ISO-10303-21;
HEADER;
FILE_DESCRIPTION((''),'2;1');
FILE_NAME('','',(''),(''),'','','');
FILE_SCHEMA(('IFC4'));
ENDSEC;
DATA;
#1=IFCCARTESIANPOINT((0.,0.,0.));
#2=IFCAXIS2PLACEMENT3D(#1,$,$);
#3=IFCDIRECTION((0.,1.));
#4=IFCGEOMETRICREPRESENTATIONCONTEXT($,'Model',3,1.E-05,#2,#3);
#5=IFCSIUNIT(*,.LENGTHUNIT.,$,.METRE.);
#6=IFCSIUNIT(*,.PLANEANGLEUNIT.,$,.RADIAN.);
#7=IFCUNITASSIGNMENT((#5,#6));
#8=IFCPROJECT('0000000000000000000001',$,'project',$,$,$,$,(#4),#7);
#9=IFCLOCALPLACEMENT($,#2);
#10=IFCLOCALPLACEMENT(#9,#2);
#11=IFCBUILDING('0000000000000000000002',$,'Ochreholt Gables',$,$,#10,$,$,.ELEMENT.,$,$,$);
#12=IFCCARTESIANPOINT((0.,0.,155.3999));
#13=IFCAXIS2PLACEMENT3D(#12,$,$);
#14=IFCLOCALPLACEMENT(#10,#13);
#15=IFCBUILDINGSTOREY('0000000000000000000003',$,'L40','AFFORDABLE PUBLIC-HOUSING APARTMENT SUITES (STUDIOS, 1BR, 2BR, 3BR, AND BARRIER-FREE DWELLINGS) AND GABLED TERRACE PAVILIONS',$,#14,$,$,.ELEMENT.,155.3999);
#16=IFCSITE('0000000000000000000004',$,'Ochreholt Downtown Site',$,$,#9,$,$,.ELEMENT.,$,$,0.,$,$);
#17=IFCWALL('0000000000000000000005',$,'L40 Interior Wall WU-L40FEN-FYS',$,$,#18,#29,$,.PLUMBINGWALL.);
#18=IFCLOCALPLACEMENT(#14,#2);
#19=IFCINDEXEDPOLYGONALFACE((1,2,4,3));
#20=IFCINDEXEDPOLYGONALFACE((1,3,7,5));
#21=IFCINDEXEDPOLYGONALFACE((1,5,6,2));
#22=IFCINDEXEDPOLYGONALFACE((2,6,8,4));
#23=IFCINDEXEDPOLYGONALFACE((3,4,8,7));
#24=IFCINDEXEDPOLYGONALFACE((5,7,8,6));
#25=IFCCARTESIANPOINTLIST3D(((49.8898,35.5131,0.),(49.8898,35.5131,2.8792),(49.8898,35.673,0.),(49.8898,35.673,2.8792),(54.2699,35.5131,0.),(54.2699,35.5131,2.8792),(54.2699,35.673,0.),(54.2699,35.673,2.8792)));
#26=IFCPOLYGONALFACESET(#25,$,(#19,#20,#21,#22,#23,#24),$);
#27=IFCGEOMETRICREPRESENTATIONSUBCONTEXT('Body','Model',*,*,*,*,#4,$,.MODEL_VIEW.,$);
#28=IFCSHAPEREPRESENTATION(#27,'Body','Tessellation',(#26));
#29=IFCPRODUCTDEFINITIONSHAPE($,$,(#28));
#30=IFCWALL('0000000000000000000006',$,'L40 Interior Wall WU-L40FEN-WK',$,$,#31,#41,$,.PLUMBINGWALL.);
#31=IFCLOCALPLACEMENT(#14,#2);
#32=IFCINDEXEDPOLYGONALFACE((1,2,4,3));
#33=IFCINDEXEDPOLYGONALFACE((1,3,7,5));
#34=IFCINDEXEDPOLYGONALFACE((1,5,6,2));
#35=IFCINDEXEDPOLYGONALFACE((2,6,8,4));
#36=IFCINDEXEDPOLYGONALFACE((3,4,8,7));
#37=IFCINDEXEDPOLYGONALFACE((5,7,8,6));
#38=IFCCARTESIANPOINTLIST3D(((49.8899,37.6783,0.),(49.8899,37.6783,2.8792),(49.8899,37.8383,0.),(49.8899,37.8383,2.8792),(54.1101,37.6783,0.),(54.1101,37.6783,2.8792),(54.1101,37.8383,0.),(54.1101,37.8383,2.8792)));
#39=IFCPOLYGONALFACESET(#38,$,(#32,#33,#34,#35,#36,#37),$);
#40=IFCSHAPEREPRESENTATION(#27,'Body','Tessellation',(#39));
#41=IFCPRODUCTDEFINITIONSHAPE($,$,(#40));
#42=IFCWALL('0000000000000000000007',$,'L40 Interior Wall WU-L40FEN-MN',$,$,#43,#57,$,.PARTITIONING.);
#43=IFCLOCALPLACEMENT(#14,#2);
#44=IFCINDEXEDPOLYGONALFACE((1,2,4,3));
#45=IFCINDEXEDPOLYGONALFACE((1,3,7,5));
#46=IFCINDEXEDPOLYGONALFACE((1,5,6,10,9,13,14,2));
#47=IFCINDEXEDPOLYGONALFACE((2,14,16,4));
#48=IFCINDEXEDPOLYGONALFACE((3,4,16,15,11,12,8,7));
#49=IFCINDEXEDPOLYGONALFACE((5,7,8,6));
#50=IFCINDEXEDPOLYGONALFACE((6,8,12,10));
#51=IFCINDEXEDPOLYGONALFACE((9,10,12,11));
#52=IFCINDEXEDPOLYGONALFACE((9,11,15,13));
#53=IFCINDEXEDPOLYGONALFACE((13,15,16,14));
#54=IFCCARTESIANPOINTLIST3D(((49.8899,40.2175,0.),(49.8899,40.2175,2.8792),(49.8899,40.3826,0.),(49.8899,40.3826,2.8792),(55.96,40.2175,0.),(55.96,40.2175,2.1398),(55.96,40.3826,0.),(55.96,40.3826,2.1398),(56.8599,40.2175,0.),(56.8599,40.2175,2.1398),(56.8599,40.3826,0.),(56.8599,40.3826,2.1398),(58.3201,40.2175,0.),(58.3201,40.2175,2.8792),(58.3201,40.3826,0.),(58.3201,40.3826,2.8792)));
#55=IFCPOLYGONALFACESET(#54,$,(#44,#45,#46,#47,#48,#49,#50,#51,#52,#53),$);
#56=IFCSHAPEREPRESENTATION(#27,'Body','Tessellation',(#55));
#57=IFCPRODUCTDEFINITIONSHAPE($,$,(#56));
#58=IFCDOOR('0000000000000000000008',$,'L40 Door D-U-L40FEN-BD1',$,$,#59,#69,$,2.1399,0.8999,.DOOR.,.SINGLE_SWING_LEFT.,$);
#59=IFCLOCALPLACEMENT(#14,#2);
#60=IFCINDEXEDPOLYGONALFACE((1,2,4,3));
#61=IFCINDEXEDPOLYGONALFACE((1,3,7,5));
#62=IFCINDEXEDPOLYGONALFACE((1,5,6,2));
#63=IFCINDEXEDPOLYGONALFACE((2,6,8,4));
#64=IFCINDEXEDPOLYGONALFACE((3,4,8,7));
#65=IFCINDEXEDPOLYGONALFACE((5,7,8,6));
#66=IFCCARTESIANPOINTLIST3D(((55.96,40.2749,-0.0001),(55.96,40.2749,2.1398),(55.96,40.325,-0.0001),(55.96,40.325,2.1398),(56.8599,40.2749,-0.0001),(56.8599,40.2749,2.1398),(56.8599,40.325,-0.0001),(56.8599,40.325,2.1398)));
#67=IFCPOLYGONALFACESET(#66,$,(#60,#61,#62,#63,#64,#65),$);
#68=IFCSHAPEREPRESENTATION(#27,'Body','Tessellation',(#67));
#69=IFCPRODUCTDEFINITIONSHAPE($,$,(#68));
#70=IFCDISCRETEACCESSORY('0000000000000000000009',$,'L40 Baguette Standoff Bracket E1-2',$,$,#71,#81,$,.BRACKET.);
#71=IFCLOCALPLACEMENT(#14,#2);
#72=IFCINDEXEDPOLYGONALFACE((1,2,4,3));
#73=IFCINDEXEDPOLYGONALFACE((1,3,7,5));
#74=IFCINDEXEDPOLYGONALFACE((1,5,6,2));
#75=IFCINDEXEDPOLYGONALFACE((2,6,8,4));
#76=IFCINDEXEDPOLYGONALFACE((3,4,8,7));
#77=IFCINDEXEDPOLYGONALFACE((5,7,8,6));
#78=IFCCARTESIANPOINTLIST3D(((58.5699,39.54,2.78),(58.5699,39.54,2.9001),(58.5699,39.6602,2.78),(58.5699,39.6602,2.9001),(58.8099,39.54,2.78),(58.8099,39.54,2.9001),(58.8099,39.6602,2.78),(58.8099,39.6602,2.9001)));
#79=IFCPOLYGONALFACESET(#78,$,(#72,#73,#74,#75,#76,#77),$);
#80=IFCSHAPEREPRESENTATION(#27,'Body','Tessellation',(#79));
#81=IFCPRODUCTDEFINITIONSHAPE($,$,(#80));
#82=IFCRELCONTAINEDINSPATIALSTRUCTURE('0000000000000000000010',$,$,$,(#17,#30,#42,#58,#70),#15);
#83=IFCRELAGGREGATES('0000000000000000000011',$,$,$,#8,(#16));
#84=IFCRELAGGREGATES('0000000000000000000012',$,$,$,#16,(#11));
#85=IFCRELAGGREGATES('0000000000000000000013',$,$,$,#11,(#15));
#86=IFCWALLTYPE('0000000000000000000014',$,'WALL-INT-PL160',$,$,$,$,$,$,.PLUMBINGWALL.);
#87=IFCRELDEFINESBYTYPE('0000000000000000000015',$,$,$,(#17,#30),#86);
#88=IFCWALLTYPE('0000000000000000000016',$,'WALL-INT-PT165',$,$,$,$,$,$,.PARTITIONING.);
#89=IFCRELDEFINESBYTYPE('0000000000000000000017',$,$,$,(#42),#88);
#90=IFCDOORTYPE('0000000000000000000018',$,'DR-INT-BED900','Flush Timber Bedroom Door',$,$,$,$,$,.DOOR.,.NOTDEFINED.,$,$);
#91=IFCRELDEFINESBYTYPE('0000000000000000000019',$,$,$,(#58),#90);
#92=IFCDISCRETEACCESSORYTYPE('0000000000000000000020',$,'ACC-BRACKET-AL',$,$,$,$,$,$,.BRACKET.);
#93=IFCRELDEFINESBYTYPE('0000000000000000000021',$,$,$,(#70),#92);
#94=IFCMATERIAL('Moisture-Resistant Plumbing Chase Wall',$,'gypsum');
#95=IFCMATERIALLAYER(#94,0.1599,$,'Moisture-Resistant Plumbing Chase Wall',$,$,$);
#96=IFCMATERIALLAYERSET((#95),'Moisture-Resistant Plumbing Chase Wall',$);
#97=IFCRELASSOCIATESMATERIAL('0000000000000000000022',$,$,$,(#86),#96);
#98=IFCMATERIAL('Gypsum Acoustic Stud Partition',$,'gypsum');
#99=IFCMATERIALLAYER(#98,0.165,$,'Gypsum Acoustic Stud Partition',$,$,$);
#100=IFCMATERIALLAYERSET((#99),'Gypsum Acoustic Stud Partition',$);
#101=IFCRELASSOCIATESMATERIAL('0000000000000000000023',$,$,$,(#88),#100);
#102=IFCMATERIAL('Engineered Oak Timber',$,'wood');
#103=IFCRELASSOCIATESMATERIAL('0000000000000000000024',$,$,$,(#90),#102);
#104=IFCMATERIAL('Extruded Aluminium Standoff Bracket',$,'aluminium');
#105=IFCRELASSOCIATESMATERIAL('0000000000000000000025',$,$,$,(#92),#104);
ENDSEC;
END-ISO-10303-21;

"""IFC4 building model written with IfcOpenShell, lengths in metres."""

from ifc_helpers import new_model, si_unit, direction, frame, frame_2d, origin, origin_2d, place, context, subcontext, project, spatial, rectangle, extrude, material, layer, layer_set, type_object, element, fill, save


model = new_model("IFC4")

# Units and contexts
model_context = context("Model", 3, precision=1e-05, world=origin(), true_north=direction((0.0, 1.0)))
body_context = subcontext(model_context, "Body", "Model", "MODEL_VIEW")
ifc_project = project(units=[si_unit("LENGTHUNIT", "METRE"), si_unit("PLANEANGLEUNIT", "RADIAN")], contexts=[model_context])

# Site, building, storey
site_placement = place(None, origin())
site = spatial("IfcSite", under=ifc_project, at=site_placement, Name="Ochreholt Downtown Site", CompositionType="ELEMENT", RefElevation=0.0)
building_placement = place(site_placement, origin())
building = spatial("IfcBuilding", under=site, at=building_placement, Name="Ochreholt Gables", CompositionType="ELEMENT")
storey_placement = place(building_placement, frame((0.0, 0.0, 155.3999)))
storey = spatial("IfcBuildingStorey", under=building, at=storey_placement, Name="L40", Description="AFFORDABLE PUBLIC-HOUSING APARTMENT SUITES (STUDIOS, 1BR, 2BR, 3BR, AND BARRIER-FREE DWELLINGS) AND GABLED TERRACE PAVILIONS", CompositionType="ELEMENT", Elevation=155.3999)

# Wall
ifc_material_1 = material(Name="Moisture-Resistant Plumbing Chase Wall", Category="gypsum")
ifc_layer_1 = layer(ifc_material_1, 0.1599, Name="Moisture-Resistant Plumbing Chase Wall")
ifc_layer_set_1 = layer_set([ifc_layer_1], Name="Moisture-Resistant Plumbing Chase Wall")
wall_type_1 = type_object("IfcWallType", Name="WALL-INT-PL160", PredefinedType="PLUMBINGWALL", material=ifc_layer_set_1)
wall_1_placement = place(storey_placement, frame((49.8899, 35.593, 0.0), z_axis=(0.0, 0.0, 1.0), x_axis=(1.0, 0.0, 0.0)))
element("IfcWall", 1, at=wall_1_placement, inside=storey, type_object=wall_type_1, Name="L40 Interior Wall WU-L40FEN-FYS", PredefinedType="PLUMBINGWALL", context=body_context, shape_type="SweptSolid", body=[
    extrude(rectangle(XDim=4.3801, YDim=0.1599, at=frame_2d((2.1899, 0.0))), origin(), (0.0, 0.0, 1.0), 2.8792),
])

# Shared definitions
ifc_material_2 = material(Name="Engineered Oak Timber", Category="wood")

# Wall
wall_2_placement = place(storey_placement, frame((49.8899, 37.7583, 0.0), z_axis=(0.0, 0.0, 1.0), x_axis=(1.0, 0.0, 0.0)))
element("IfcWall", 2, at=wall_2_placement, inside=storey, type_object=wall_type_1, Name="L40 Interior Wall WU-L40FEN-WK", PredefinedType="PLUMBINGWALL", context=body_context, shape_type="SweptSolid", body=[
    extrude(rectangle(XDim=4.2202, YDim=0.1599, at=frame_2d((2.1101, 0.0))), origin(), (0.0, 0.0, 1.0), 2.8792),
])

# Wall, opening, door
ifc_material_3 = material(Name="Gypsum Acoustic Stud Partition", Category="gypsum")
ifc_layer_2 = layer(ifc_material_3, 0.165, Name="Gypsum Acoustic Stud Partition")
ifc_layer_set_2 = layer_set([ifc_layer_2], Name="Gypsum Acoustic Stud Partition")
wall_type_2 = type_object("IfcWallType", Name="WALL-INT-PT165", PredefinedType="PARTITIONING", material=ifc_layer_set_2)
wall_3_placement = place(storey_placement, frame((49.8899, 40.3, 0.0), z_axis=(0.0, 0.0, 1.0), x_axis=(1.0, 0.0, 0.0)))
wall_3 = element("IfcWall", 3, at=wall_3_placement, inside=storey, type_object=wall_type_2, Name="L40 Interior Wall WU-L40FEN-MN", PredefinedType="PARTITIONING", context=body_context, shape_type="SweptSolid", body=[
    extrude(rectangle(XDim=8.4302, YDim=0.165, at=frame_2d((4.2151, 0.0))), origin(), (0.0, 0.0, 1.0), 2.8792),
])
opening_1_placement = place(wall_3_placement, frame((6.0701, 0.0, 0.0)))
opening_1 = element("IfcOpeningElement", 4, at=opening_1_placement, cuts=wall_3, PredefinedType="OPENING", context=body_context, shape_type="SweptSolid", body=[
    extrude(rectangle(XDim=0.8999, YDim=2.1399, at=frame_2d((0.45, 1.0698))), frame((0.0, 0.0925, 0.0), z_axis=(0.0, -1.0, 0.0), x_axis=(1.0, 0.0, 0.0)), (0.0, 0.0, 1.0), 0.1851),
])
door_type_1 = type_object("IfcDoorType", Name="DR-INT-BED900", Description="Flush Timber Bedroom Door", OperationType="NOTDEFINED", PredefinedType="DOOR", material=ifc_material_2)
door_1_placement = place(opening_1_placement, origin())
door_1 = element("IfcDoor", 5, at=door_1_placement, inside=storey, type_object=door_type_1, Name="L40 Door D-U-L40FEN-BD1", OperationType="SINGLE_SWING_LEFT", OverallHeight=2.1399, OverallWidth=0.8999, PredefinedType="DOOR", context=body_context, shape_type="SweptSolid", body=[
    extrude(rectangle(XDim=0.8999, YDim=2.1399, at=frame_2d((0.45, 1.0698))), frame((0.0, 0.0249, 0.0), z_axis=(0.0, -1.0, 0.0), x_axis=(1.0, 0.0, 0.0)), (0.0, 0.0, 1.0), 0.05),
])
fill(opening_1, door_1)

# Discrete accessory
ifc_material_4 = material(Name="Extruded Aluminium Standoff Bracket", Category="aluminium")
discrete_accessory_type = type_object("IfcDiscreteAccessoryType", Name="ACC-BRACKET-AL", PredefinedType="BRACKET", material=ifc_material_4)
discrete_accessory_placement = place(storey_placement, frame((58.6899, 39.6001, 2.78), z_axis=(0.0, 0.0, 1.0), x_axis=(0.0, 1.0, 0.0)))
element("IfcDiscreteAccessory", 6, at=discrete_accessory_placement, inside=storey, type_object=discrete_accessory_type, Name="L40 Baguette Standoff Bracket E1-2", PredefinedType="BRACKET", context=body_context, shape_type="SweptSolid", body=[
    extrude(rectangle(XDim=0.1201, YDim=0.24, at=origin_2d()), origin(), (0.0, 0.0, 1.0), 0.1201),
])

save(model, "model.ifc")
